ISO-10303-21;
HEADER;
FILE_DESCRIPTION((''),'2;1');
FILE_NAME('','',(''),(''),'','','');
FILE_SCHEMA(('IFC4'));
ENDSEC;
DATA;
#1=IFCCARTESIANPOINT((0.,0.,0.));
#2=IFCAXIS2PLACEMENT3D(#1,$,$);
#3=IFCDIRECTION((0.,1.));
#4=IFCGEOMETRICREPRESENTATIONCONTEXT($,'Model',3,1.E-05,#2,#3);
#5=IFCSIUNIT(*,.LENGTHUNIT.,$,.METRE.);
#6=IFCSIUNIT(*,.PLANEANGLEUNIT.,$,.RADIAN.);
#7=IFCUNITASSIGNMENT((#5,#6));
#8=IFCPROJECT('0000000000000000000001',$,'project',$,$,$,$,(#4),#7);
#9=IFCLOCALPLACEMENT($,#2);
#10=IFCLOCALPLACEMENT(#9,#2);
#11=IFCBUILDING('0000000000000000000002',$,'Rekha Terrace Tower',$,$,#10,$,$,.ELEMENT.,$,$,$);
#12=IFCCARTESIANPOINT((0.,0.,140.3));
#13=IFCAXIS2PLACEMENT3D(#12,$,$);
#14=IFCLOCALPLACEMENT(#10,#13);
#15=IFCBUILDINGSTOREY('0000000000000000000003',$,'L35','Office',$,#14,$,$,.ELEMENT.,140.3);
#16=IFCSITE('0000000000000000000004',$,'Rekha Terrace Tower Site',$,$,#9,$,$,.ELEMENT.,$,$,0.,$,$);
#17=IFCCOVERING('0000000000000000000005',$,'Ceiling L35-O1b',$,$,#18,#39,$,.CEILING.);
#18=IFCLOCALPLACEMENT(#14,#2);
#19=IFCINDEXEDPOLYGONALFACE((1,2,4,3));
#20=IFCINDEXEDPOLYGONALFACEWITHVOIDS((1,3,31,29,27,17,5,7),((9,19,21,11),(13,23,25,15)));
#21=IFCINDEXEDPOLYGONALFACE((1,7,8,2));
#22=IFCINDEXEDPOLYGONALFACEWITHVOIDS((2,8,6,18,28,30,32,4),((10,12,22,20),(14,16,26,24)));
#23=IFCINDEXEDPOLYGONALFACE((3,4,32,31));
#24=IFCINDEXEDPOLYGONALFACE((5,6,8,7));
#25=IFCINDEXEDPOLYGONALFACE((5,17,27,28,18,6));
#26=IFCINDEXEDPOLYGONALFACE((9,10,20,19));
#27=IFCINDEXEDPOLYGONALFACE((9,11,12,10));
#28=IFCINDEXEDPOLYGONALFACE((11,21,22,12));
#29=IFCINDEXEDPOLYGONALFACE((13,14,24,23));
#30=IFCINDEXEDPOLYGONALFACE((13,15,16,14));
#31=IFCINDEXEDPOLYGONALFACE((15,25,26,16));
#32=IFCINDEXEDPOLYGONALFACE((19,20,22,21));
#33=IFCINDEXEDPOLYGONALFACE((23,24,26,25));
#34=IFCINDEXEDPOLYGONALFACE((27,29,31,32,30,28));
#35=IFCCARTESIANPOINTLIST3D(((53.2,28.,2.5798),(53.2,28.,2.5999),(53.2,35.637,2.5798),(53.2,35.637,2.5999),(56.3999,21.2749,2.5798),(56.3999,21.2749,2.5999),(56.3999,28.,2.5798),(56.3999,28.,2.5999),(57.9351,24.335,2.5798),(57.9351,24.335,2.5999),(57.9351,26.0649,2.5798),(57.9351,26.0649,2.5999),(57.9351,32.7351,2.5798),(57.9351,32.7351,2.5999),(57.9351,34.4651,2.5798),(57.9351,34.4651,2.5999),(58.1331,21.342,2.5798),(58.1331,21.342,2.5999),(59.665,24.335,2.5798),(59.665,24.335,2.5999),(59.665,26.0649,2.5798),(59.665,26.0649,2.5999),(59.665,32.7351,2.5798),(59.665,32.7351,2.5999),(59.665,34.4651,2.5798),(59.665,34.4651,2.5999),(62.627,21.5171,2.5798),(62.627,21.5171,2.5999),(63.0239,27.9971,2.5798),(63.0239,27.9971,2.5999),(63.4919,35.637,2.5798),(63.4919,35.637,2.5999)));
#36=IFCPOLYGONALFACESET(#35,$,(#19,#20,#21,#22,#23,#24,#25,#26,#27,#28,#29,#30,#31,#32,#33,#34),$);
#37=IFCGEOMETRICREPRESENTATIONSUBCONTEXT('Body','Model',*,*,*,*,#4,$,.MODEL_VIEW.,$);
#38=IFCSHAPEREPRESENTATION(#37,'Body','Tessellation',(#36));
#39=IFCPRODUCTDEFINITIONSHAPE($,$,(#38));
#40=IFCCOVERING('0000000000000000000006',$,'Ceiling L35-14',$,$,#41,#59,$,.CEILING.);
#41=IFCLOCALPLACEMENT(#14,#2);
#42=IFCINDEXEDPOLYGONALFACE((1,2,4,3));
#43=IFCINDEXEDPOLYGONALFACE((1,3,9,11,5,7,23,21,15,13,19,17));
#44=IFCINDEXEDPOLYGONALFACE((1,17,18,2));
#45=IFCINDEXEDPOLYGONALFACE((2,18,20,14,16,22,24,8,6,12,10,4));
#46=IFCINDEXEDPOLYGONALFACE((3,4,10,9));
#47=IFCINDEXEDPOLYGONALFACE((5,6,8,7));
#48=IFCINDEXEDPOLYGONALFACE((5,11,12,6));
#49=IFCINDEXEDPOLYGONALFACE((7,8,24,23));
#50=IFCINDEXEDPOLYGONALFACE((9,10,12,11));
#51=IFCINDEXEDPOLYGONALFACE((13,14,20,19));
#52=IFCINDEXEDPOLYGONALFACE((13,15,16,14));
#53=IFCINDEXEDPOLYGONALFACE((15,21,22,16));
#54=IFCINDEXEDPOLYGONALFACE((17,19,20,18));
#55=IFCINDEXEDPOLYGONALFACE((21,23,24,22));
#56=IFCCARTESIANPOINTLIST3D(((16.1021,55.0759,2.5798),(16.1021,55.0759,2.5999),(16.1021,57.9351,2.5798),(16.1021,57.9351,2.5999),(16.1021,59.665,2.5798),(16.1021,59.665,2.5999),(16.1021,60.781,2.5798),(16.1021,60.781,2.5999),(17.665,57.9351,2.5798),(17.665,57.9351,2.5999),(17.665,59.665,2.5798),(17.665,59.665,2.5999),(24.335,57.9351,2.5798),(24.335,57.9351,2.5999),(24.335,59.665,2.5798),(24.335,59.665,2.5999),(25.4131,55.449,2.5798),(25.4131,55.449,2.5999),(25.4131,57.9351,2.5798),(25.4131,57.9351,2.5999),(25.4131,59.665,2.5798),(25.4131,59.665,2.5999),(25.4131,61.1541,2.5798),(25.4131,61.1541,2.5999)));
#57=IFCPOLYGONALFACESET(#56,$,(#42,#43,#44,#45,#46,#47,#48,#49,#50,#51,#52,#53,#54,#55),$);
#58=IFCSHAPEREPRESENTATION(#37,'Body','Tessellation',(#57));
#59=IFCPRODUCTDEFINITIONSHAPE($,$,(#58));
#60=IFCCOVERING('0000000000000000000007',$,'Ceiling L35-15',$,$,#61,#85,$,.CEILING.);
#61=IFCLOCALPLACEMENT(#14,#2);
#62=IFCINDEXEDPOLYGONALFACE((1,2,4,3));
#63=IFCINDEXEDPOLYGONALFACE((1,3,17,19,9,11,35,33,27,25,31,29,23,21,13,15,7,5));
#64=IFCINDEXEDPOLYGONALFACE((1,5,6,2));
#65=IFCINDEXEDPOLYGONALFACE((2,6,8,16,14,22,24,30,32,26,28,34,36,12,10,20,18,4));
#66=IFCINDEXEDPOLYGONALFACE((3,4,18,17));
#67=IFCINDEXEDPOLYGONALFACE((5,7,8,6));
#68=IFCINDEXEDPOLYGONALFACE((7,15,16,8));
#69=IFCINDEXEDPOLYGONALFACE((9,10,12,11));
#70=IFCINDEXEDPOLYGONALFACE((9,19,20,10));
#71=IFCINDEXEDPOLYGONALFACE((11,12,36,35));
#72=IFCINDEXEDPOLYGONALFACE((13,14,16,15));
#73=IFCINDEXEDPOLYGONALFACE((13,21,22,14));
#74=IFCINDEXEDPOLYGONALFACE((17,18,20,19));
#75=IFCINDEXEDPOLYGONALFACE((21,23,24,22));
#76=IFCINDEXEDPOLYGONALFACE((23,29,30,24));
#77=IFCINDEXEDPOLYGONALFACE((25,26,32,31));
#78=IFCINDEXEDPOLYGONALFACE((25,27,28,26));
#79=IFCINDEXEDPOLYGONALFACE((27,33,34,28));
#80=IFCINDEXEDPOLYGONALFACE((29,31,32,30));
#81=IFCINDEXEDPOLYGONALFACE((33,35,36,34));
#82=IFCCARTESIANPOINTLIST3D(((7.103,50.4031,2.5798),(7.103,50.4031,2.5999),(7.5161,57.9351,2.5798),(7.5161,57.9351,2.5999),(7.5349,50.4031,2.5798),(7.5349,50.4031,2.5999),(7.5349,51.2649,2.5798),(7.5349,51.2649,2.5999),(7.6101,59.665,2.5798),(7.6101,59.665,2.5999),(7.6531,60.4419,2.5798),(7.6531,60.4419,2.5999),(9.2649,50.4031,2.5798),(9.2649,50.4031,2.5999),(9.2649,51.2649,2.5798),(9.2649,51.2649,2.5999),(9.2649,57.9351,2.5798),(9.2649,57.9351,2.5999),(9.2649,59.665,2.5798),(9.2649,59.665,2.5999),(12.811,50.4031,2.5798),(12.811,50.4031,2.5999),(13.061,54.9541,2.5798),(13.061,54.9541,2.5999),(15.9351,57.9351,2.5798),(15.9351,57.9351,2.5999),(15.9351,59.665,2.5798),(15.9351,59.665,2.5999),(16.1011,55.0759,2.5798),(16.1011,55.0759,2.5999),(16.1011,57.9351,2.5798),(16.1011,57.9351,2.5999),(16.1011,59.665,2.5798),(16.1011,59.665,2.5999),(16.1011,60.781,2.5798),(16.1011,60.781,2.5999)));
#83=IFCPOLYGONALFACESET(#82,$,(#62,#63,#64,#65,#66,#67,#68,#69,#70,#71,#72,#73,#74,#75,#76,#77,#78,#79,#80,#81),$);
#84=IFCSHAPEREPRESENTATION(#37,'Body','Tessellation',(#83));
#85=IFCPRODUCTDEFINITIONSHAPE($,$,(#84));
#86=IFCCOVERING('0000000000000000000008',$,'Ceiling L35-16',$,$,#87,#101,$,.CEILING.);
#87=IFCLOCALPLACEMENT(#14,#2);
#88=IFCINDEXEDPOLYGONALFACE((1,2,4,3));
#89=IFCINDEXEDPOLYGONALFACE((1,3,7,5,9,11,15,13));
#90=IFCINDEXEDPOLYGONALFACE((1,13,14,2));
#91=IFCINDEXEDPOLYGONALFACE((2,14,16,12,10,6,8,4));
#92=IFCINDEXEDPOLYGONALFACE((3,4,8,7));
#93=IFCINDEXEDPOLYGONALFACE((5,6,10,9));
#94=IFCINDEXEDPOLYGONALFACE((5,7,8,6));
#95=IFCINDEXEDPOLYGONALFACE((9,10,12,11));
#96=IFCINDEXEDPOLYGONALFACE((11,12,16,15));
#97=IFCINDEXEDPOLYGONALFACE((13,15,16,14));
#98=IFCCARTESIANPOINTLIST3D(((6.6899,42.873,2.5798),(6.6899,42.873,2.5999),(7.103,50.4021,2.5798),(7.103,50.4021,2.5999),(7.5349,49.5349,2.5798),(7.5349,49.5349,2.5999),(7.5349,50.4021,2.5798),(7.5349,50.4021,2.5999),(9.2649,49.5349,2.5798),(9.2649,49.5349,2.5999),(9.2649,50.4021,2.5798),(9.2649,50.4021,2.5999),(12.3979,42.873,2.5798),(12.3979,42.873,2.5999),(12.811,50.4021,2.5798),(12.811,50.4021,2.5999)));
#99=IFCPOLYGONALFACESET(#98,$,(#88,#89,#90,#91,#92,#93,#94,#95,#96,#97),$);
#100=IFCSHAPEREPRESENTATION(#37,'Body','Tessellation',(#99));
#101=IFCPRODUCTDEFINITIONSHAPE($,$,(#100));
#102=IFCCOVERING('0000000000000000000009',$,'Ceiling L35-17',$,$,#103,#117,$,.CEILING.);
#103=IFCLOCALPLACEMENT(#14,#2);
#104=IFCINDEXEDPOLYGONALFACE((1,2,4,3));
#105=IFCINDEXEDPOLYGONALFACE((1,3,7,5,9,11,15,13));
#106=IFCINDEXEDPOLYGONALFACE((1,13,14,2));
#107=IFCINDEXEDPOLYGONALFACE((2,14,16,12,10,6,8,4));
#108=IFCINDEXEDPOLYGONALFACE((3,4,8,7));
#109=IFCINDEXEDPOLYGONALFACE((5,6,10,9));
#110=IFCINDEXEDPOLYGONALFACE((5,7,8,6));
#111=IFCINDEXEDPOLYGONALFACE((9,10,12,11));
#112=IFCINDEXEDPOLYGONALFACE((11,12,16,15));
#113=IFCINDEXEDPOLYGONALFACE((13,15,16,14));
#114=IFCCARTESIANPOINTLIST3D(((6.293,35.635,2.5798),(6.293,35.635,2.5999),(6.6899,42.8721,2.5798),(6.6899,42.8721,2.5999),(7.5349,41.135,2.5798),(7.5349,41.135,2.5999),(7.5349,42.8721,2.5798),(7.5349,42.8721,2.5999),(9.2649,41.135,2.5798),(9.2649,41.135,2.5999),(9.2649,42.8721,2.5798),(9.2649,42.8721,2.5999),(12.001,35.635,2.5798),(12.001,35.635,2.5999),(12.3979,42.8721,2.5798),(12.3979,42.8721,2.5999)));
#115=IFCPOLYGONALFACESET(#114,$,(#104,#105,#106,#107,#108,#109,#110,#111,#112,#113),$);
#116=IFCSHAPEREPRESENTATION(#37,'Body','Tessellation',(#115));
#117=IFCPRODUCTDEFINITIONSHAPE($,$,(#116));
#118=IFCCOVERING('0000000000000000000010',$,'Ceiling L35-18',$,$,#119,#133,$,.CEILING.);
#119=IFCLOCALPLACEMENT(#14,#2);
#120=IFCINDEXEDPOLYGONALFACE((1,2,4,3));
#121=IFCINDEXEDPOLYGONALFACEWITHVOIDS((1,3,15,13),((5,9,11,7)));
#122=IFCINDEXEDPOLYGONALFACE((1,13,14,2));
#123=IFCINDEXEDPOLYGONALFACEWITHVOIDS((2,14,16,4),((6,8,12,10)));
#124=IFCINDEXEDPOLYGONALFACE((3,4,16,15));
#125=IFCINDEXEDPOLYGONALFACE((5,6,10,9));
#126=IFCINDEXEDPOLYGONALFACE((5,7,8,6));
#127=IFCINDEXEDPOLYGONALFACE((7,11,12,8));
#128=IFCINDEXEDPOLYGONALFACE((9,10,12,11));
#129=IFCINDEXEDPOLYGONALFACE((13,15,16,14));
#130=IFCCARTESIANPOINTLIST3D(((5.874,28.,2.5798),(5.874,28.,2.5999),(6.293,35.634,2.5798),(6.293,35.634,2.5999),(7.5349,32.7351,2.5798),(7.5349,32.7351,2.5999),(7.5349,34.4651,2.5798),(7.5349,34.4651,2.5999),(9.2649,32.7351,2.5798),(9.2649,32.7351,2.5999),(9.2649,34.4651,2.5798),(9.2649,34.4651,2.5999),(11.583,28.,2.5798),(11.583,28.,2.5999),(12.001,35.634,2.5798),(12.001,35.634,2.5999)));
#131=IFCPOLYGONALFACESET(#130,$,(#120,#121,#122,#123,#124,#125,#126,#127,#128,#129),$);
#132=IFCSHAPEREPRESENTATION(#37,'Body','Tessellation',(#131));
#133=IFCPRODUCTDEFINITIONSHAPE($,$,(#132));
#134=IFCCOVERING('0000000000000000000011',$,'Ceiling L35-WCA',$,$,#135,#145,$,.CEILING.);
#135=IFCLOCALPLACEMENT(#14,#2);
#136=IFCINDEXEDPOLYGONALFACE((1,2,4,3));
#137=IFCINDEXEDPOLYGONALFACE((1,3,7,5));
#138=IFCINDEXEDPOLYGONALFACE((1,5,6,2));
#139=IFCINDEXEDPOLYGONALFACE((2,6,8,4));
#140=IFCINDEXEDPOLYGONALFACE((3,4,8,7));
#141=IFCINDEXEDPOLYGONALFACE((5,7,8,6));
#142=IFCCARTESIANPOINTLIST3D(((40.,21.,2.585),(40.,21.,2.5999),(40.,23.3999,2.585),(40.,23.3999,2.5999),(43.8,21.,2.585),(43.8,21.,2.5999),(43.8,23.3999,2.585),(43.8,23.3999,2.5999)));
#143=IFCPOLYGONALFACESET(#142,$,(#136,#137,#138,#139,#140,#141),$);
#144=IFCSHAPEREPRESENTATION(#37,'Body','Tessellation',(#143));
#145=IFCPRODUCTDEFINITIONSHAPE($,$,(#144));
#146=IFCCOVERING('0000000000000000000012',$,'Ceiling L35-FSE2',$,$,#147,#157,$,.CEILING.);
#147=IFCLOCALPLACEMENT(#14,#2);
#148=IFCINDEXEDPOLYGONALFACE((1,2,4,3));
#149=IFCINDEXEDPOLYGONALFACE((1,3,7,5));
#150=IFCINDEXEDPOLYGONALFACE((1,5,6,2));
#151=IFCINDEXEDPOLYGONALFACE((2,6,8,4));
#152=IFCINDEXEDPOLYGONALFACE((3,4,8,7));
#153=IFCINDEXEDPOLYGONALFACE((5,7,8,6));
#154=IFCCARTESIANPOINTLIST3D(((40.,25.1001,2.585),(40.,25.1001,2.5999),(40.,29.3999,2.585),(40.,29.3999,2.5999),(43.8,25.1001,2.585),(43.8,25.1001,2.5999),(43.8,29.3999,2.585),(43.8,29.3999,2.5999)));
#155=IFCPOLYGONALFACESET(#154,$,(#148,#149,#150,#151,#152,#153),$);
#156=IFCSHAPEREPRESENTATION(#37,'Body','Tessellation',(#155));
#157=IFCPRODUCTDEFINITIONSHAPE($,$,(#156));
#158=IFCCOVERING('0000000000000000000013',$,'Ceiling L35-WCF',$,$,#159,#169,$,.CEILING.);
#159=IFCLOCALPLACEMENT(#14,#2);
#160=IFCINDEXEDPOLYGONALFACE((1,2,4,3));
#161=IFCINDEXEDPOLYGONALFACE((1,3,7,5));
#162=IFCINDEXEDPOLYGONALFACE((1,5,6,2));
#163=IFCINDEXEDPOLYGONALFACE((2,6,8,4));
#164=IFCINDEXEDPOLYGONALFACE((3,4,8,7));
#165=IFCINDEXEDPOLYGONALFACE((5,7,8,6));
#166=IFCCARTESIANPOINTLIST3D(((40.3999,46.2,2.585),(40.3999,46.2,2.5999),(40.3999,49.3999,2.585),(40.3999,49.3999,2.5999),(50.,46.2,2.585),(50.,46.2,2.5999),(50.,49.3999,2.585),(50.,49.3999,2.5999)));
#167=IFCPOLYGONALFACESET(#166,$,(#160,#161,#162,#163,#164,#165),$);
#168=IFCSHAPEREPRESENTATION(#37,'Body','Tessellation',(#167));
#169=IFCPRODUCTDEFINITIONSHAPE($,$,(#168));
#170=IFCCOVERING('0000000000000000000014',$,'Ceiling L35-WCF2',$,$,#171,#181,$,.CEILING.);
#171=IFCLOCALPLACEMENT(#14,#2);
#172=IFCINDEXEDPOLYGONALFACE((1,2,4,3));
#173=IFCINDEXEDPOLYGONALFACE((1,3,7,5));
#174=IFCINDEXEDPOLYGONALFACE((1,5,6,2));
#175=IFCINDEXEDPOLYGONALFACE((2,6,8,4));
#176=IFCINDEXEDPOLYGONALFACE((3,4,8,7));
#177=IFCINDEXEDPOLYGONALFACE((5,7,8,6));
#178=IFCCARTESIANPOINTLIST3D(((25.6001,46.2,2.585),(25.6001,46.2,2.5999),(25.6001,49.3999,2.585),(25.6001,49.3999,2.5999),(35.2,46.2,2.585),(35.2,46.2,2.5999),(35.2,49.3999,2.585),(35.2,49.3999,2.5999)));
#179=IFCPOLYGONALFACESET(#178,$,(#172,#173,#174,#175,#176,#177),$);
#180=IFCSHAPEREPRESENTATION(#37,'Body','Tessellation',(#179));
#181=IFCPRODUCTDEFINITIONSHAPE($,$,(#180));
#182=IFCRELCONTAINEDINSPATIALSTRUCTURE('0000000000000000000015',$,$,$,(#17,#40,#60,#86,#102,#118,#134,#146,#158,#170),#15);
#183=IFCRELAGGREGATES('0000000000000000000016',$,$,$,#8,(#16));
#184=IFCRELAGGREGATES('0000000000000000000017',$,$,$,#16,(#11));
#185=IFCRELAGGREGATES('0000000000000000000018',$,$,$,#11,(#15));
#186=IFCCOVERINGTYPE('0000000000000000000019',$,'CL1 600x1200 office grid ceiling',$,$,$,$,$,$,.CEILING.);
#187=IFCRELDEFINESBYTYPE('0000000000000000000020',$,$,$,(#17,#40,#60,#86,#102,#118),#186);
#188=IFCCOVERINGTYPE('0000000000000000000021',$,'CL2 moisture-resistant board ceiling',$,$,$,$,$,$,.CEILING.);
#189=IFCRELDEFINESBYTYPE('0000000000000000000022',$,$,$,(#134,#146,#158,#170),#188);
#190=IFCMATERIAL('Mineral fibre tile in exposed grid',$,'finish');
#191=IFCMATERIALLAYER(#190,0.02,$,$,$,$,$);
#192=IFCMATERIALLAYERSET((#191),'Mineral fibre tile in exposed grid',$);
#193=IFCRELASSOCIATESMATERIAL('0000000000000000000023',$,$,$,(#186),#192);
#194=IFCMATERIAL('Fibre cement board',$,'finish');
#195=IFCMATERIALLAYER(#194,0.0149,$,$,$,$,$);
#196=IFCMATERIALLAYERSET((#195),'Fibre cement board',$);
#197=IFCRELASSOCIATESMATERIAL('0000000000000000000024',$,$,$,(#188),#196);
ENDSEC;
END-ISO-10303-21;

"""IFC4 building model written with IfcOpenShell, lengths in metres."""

from ifc_helpers import new_model, si_unit, direction, frame, origin, place, context, subcontext, project, spatial, polyline, outline, extrude, material, layer, layer_set, type_object, element, save


model = new_model("IFC4")

# Units and contexts
model_context = context("Model", 3, precision=1e-05, world=origin(), true_north=direction((0.0, 1.0)))
body_context = subcontext(model_context, "Body", "Model", "MODEL_VIEW")
ifc_project = project(units=[si_unit("LENGTHUNIT", "METRE"), si_unit("PLANEANGLEUNIT", "RADIAN")], contexts=[model_context])

# Site, building, storey
site_placement = place(None, origin())
site = spatial("IfcSite", under=ifc_project, at=site_placement, Name="Rekha Terrace Tower Site", CompositionType="ELEMENT", RefElevation=0.0)
building_placement = place(site_placement, origin())
building = spatial("IfcBuilding", under=site, at=building_placement, Name="Rekha Terrace Tower", CompositionType="ELEMENT")
storey_placement = place(building_placement, frame((0.0, 0.0, 140.3)))
storey = spatial("IfcBuildingStorey", under=building, at=storey_placement, Name="L35", Description="Office", CompositionType="ELEMENT", Elevation=140.3)

# Coverings
ifc_material_1 = material(Name="Mineral fibre tile in exposed grid", Category="finish")
ifc_layer_1 = layer(ifc_material_1, 0.02)
ifc_layer_set_1 = layer_set([ifc_layer_1], Name="Mineral fibre tile in exposed grid")
covering_type_1 = type_object("IfcCoveringType", Name="CL1 600x1200 office grid ceiling", PredefinedType="CEILING", material=ifc_layer_set_1)
covering_1_placement = place(storey_placement, frame((0.0, 0.0, 2.5798)))
element("IfcCovering", 1, at=covering_1_placement, inside=storey, type_object=covering_type_1, Name="Ceiling L35-O1b", PredefinedType="CEILING", context=body_context, shape_type="SweptSolid", body=[
    extrude(outline(polyline([(56.3999, 21.2749), (58.1331, 21.342), (62.627, 21.5171), (63.0239, 27.9971), (63.4919, 35.637), (53.2, 35.637), (53.2, 28.0), (56.3999, 28.0), (56.3999, 21.2749)]), holes=[polyline([(59.665, 26.0649), (59.665, 24.335), (57.9351, 24.335), (57.9351, 26.0649), (59.665, 26.0649)]), polyline([(59.665, 32.7351), (57.9351, 32.7351), (57.9351, 34.4651), (59.665, 34.4651), (59.665, 32.7351)])]), origin(), (0.0, 0.0, 1.0), 0.02),
])
covering_2_placement = place(storey_placement, frame((0.0, 0.0, 2.5798)))
element("IfcCovering", 2, at=covering_2_placement, inside=storey, type_object=covering_type_1, Name="Ceiling L35-14", PredefinedType="CEILING", context=body_context, shape_type="SweptSolid", body=[
    extrude(outline(polyline([(16.1021, 57.9351), (16.1021, 55.0759), (25.4131, 55.449), (25.4131, 57.9351), (24.335, 57.9351), (24.335, 59.665), (25.4131, 59.665), (25.4131, 61.1541), (16.1021, 60.781), (16.1021, 59.665), (17.665, 59.665), (17.665, 57.9351), (16.1021, 57.9351)])), origin(), (0.0, 0.0, 1.0), 0.02),
])
covering_3_placement = place(storey_placement, frame((0.0, 0.0, 2.5798)))
element("IfcCovering", 3, at=covering_3_placement, inside=storey, type_object=covering_type_1, Name="Ceiling L35-15", PredefinedType="CEILING", context=body_context, shape_type="SweptSolid", body=[
    extrude(outline(polyline([(9.2649, 57.9351), (7.5161, 57.9351), (7.103, 50.4031), (7.5349, 50.4031), (7.5349, 51.2649), (9.2649, 51.2649), (9.2649, 50.4031), (12.811, 50.4031), (13.061, 54.9541), (16.1011, 55.0759), (16.1011, 57.9351), (15.9351, 57.9351), (15.9351, 59.665), (16.1011, 59.665), (16.1011, 60.781), (7.6531, 60.4419), (7.6101, 59.665), (9.2649, 59.665), (9.2649, 57.9351)])), origin(), (0.0, 0.0, 1.0), 0.02),
])
covering_4_placement = place(storey_placement, frame((0.0, 0.0, 2.5798)))
element("IfcCovering", 4, at=covering_4_placement, inside=storey, type_object=covering_type_1, Name="Ceiling L35-16", PredefinedType="CEILING", context=body_context, shape_type="SweptSolid", body=[
    extrude(outline(polyline([(6.6899, 42.873), (12.3979, 42.873), (12.811, 50.4021), (9.2649, 50.4021), (9.2649, 49.5349), (7.5349, 49.5349), (7.5349, 50.4021), (7.103, 50.4021), (6.6899, 42.873)])), origin(), (0.0, 0.0, 1.0), 0.02),
])
covering_5_placement = place(storey_placement, frame((0.0, 0.0, 2.5798)))
element("IfcCovering", 5, at=covering_5_placement, inside=storey, type_object=covering_type_1, Name="Ceiling L35-17", PredefinedType="CEILING", context=body_context, shape_type="SweptSolid", body=[
    extrude(outline(polyline([(9.2649, 41.135), (7.5349, 41.135), (7.5349, 42.8721), (6.6899, 42.8721), (6.293, 35.635), (12.001, 35.635), (12.3979, 42.8721), (9.2649, 42.8721), (9.2649, 41.135)])), origin(), (0.0, 0.0, 1.0), 0.02),
])
covering_6_placement = place(storey_placement, frame((0.0, 0.0, 2.5798)))
element("IfcCovering", 6, at=covering_6_placement, inside=storey, type_object=covering_type_1, Name="Ceiling L35-18", PredefinedType="CEILING", context=body_context, shape_type="SweptSolid", body=[
    extrude(outline(polyline([(5.874, 28.0), (11.583, 28.0), (12.001, 35.634), (6.293, 35.634), (5.874, 28.0)]), holes=[polyline([(9.2649, 32.7351), (7.5349, 32.7351), (7.5349, 34.4651), (9.2649, 34.4651), (9.2649, 32.7351)])]), origin(), (0.0, 0.0, 1.0), 0.02),
])
ifc_material_2 = material(Name="Fibre cement board", Category="finish")
ifc_layer_2 = layer(ifc_material_2, 0.0149)
ifc_layer_set_2 = layer_set([ifc_layer_2], Name="Fibre cement board")
covering_type_2 = type_object("IfcCoveringType", Name="CL2 moisture-resistant board ceiling", PredefinedType="CEILING", material=ifc_layer_set_2)
covering_7_placement = place(storey_placement, frame((0.0, 0.0, 2.585)))
element("IfcCovering", 7, at=covering_7_placement, inside=storey, type_object=covering_type_2, Name="Ceiling L35-WCA", PredefinedType="CEILING", context=body_context, shape_type="SweptSolid", body=[
    extrude(outline(polyline([(43.8, 23.3999), (40.0, 23.3999), (40.0, 21.0), (43.8, 21.0), (43.8, 23.3999)])), origin(), (0.0, 0.0, 1.0), 0.0149),
])
covering_8_placement = place(storey_placement, frame((0.0, 0.0, 2.585)))
element("IfcCovering", 8, at=covering_8_placement, inside=storey, type_object=covering_type_2, Name="Ceiling L35-FSE2", PredefinedType="CEILING", context=body_context, shape_type="SweptSolid", body=[
    extrude(outline(polyline([(43.8, 29.3999), (40.0, 29.3999), (40.0, 25.1001), (43.8, 25.1001), (43.8, 29.3999)])), origin(), (0.0, 0.0, 1.0), 0.0149),
])
covering_9_placement = place(storey_placement, frame((0.0, 0.0, 2.585)))
element("IfcCovering", 9, at=covering_9_placement, inside=storey, type_object=covering_type_2, Name="Ceiling L35-WCF", PredefinedType="CEILING", context=body_context, shape_type="SweptSolid", body=[
    extrude(outline(polyline([(50.0, 49.3999), (40.3999, 49.3999), (40.3999, 46.2), (50.0, 46.2), (50.0, 49.3999)])), origin(), (0.0, 0.0, 1.0), 0.0149),
])
covering_10_placement = place(storey_placement, frame((0.0, 0.0, 2.585)))
element("IfcCovering", 10, at=covering_10_placement, inside=storey, type_object=covering_type_2, Name="Ceiling L35-WCF2", PredefinedType="CEILING", context=body_context, shape_type="SweptSolid", body=[
    extrude(outline(polyline([(35.2, 49.3999), (25.6001, 49.3999), (25.6001, 46.2), (35.2, 46.2), (35.2, 49.3999)])), origin(), (0.0, 0.0, 1.0), 0.0149),
])

save(model, "model.ifc")
